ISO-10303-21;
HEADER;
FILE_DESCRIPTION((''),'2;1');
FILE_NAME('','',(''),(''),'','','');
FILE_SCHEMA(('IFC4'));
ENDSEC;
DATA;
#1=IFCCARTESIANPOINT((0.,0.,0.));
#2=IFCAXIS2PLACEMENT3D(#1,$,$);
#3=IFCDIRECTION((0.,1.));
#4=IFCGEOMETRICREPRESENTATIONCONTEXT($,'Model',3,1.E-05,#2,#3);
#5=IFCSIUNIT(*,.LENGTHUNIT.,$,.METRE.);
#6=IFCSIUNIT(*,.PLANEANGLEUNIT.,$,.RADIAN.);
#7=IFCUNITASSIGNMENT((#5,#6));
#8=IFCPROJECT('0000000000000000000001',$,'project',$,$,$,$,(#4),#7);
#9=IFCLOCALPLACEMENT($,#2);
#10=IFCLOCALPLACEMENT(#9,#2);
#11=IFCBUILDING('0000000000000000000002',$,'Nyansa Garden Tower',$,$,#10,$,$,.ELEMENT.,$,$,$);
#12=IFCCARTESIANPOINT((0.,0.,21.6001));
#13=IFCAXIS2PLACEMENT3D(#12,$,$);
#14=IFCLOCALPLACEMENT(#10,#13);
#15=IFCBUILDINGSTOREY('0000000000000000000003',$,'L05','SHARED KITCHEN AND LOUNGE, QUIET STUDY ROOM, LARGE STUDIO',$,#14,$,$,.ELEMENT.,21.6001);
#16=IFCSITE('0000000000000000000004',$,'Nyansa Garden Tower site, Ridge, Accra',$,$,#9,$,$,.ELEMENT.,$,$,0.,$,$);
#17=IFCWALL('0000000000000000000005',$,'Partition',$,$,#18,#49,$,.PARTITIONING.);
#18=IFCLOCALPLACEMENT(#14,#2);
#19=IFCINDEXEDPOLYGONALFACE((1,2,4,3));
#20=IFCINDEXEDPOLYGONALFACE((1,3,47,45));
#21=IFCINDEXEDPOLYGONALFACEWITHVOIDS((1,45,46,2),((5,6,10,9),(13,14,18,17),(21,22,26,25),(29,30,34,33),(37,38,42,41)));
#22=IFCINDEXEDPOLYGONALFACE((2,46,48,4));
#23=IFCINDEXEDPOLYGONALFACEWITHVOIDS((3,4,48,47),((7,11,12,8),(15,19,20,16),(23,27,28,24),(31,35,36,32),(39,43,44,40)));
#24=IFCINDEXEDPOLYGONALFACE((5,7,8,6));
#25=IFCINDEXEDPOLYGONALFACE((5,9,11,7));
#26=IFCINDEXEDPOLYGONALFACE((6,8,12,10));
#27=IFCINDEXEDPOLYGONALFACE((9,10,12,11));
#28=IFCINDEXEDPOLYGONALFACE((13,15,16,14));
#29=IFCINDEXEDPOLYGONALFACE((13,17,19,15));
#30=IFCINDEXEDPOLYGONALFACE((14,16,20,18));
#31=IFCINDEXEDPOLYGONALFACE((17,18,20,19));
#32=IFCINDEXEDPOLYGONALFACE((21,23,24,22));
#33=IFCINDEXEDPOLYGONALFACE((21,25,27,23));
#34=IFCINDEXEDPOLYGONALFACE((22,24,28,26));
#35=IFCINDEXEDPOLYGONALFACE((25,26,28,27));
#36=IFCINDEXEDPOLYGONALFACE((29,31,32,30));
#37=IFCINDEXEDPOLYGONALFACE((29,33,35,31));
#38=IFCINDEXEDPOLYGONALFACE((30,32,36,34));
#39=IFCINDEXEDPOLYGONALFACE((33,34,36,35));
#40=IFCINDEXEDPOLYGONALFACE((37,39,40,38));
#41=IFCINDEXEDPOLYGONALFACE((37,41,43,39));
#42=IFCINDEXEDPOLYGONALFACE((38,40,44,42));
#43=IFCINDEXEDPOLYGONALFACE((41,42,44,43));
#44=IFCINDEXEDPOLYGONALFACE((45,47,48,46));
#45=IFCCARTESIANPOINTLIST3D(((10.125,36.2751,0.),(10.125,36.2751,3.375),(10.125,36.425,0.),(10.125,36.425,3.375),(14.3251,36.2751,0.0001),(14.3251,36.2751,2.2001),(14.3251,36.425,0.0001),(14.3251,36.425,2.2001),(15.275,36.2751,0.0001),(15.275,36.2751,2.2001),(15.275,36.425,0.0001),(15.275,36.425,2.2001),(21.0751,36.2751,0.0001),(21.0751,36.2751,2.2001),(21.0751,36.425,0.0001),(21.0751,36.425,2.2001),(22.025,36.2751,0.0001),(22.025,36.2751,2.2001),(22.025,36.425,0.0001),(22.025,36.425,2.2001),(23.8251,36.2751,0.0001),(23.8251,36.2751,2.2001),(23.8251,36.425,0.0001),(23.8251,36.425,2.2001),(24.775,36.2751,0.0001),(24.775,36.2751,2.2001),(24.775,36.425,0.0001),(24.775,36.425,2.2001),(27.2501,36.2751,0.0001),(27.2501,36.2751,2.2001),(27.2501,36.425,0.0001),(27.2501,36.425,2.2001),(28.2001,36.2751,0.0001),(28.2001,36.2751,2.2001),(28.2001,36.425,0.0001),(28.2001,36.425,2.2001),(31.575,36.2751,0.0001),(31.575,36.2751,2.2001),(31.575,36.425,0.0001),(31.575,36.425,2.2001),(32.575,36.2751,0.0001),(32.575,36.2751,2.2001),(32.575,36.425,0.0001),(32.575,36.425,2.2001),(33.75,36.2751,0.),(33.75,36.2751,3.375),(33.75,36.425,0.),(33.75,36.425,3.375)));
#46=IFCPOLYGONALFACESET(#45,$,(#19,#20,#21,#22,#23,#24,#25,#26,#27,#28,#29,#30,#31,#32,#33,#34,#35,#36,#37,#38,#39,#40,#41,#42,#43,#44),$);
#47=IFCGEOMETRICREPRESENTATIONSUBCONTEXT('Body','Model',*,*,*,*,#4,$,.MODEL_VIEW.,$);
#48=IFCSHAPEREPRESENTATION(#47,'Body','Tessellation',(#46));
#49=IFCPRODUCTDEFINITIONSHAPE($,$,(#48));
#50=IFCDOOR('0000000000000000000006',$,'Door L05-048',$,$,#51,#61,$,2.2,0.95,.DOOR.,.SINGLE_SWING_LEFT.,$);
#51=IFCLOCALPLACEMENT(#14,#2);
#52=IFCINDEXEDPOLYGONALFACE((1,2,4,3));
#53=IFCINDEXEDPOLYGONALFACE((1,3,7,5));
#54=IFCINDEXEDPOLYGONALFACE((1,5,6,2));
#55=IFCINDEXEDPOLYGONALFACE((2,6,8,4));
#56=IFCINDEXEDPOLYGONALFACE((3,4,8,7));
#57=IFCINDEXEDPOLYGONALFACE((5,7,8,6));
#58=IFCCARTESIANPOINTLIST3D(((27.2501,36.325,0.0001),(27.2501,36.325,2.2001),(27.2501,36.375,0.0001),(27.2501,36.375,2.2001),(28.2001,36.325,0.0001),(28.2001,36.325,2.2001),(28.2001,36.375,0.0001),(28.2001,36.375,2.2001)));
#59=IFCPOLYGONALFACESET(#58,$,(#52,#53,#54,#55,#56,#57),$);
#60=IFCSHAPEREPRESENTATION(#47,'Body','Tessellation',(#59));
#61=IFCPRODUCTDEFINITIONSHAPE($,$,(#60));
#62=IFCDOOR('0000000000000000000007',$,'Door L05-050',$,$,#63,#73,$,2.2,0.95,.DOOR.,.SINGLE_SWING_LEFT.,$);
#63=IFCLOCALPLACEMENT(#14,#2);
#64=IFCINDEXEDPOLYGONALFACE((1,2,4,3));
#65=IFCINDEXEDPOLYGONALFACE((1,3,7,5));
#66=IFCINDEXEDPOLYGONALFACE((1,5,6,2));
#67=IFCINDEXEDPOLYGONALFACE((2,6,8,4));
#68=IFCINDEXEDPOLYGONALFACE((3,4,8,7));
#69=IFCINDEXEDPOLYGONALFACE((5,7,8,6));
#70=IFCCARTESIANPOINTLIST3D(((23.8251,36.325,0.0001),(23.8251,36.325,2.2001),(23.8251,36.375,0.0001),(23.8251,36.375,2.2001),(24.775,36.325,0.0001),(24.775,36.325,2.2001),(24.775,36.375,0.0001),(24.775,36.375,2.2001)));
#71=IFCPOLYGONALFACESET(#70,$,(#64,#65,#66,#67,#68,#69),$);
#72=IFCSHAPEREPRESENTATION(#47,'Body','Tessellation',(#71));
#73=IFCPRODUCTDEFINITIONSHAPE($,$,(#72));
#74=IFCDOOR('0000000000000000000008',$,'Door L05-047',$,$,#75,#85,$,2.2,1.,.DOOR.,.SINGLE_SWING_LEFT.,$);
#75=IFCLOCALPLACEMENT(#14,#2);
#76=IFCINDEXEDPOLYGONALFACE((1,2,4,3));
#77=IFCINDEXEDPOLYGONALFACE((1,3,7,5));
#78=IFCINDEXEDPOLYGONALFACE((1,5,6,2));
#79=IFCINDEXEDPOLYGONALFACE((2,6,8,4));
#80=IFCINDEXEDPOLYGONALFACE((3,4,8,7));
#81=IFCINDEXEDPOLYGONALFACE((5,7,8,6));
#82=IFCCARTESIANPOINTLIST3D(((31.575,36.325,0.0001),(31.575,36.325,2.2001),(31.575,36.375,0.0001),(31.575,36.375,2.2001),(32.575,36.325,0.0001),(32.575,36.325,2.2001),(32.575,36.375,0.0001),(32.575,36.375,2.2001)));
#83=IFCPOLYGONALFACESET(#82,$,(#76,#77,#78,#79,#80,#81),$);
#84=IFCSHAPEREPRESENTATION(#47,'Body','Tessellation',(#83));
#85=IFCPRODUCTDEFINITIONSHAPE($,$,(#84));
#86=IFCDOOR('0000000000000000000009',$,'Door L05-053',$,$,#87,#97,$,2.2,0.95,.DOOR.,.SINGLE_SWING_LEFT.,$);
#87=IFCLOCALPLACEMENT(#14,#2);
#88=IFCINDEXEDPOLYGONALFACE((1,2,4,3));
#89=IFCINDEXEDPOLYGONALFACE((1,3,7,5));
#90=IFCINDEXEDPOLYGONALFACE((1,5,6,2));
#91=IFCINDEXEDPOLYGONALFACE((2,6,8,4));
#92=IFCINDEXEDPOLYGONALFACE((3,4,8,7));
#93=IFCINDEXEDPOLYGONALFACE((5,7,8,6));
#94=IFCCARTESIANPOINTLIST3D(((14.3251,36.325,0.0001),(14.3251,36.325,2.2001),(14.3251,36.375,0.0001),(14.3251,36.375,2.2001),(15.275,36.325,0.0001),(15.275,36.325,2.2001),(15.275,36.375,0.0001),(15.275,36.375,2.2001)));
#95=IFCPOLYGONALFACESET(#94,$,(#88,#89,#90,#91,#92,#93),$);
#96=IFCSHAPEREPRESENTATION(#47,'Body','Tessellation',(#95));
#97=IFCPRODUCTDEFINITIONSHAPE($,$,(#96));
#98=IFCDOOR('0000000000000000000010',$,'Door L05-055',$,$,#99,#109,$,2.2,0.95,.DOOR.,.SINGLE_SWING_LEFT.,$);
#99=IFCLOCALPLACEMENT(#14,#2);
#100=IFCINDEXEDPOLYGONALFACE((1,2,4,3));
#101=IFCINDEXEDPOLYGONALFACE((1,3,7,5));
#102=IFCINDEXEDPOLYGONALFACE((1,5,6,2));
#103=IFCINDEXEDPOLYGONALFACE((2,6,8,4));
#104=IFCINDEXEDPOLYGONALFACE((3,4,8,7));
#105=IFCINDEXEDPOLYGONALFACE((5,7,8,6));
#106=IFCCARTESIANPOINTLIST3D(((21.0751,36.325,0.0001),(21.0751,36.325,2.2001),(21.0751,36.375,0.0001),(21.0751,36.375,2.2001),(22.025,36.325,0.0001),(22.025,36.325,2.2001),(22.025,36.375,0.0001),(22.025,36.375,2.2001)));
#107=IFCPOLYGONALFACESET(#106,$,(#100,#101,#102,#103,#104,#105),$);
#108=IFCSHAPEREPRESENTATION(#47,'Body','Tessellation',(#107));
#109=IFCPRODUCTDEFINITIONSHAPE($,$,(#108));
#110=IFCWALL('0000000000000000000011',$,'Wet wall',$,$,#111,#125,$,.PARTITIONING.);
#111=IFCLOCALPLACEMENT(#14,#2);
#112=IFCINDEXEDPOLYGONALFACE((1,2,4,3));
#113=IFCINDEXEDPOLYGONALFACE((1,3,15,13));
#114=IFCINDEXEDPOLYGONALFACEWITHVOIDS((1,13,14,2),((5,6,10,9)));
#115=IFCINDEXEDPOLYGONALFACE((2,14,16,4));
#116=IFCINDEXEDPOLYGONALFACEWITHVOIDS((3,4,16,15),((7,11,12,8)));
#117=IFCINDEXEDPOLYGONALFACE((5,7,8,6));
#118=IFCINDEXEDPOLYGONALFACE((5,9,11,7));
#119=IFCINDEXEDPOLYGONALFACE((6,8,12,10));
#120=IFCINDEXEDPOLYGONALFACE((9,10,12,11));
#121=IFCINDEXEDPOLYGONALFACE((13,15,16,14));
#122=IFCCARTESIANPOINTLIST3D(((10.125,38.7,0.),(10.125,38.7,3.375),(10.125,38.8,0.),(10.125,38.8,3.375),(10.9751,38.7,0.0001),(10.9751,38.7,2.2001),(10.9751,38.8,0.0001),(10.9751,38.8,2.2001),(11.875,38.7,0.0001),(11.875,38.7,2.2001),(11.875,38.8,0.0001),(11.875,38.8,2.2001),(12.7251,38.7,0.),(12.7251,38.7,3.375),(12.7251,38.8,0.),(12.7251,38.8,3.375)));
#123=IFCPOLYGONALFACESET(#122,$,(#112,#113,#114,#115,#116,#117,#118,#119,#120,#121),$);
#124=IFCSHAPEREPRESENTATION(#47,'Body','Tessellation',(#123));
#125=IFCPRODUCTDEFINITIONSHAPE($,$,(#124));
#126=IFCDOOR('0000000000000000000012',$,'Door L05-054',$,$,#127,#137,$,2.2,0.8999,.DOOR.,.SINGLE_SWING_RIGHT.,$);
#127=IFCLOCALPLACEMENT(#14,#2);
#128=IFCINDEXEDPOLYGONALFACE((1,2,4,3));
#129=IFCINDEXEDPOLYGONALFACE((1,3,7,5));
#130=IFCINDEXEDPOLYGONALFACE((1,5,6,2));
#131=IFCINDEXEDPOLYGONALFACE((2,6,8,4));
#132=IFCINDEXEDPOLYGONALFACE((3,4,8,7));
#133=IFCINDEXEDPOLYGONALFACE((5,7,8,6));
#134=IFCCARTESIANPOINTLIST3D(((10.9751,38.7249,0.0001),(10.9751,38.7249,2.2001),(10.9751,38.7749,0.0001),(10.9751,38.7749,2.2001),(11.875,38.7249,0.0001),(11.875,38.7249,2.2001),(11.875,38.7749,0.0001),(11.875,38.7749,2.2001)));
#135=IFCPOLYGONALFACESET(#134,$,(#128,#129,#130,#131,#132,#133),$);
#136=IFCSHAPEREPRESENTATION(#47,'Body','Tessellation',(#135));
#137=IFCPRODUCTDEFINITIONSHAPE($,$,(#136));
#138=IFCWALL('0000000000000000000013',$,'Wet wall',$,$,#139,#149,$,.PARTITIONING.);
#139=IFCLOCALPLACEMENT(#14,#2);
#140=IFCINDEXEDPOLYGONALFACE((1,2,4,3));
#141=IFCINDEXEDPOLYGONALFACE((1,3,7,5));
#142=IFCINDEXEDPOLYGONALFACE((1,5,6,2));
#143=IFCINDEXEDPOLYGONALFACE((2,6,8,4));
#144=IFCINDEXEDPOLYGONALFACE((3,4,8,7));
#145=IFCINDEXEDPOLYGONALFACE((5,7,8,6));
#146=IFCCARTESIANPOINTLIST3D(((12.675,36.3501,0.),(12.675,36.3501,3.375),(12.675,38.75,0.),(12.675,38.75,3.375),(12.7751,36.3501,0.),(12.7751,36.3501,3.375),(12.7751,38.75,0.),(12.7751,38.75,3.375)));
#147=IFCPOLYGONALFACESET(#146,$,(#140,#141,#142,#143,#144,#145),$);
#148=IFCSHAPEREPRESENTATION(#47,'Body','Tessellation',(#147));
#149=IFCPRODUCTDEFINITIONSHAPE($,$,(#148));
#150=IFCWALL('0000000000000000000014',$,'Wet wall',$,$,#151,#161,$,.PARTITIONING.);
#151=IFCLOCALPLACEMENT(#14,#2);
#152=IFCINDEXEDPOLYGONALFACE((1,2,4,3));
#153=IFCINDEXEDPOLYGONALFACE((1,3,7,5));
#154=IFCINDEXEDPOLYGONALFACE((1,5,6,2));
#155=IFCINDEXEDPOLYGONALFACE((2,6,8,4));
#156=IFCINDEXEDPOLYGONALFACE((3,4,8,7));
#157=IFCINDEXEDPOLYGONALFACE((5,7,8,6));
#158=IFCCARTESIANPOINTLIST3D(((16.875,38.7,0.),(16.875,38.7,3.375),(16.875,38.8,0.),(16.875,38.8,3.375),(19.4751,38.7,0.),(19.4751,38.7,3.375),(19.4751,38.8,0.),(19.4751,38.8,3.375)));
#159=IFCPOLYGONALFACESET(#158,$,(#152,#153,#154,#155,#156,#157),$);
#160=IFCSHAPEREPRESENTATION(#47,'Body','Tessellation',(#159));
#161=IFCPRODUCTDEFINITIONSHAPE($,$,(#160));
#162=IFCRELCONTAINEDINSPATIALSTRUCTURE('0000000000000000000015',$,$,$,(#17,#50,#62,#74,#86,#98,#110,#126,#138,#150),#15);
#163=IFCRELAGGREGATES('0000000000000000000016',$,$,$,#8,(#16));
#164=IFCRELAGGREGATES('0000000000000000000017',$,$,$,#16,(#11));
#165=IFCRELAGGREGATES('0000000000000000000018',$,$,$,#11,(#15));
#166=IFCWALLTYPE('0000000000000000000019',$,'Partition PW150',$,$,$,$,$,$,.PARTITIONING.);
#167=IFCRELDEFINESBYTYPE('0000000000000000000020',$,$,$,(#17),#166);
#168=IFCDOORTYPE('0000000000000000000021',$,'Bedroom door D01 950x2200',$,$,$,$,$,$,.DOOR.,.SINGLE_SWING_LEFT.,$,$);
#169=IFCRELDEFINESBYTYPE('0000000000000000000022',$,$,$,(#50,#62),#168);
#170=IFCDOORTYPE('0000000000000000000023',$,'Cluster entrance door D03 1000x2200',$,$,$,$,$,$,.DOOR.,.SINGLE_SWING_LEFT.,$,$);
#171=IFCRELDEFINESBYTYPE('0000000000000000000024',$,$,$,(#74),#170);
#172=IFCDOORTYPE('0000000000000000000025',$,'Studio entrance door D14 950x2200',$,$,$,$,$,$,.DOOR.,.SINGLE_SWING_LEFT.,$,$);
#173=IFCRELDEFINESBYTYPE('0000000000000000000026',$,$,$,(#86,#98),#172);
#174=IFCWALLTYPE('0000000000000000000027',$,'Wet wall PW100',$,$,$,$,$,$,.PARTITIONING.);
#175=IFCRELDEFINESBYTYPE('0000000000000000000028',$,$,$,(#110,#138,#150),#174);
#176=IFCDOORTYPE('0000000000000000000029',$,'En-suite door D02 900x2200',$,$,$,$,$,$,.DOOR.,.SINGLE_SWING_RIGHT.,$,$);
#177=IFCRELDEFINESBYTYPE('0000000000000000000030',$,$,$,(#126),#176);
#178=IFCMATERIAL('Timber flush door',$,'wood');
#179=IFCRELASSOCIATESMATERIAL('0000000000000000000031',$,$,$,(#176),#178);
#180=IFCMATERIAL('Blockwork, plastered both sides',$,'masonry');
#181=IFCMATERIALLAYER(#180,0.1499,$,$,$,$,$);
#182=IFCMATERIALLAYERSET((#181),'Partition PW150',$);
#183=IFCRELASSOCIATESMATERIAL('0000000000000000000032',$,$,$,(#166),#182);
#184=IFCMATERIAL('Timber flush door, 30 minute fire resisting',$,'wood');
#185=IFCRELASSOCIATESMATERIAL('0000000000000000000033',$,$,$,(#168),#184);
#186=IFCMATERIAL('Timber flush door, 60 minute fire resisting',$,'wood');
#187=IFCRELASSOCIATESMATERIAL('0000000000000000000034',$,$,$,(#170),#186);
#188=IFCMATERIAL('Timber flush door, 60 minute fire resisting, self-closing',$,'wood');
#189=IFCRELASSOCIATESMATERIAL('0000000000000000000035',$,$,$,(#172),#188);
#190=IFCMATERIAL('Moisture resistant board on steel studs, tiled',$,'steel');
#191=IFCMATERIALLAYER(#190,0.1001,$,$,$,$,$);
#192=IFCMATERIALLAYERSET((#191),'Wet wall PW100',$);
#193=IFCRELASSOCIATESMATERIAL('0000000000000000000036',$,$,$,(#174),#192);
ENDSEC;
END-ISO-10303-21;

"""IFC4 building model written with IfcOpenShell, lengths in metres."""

from ifc_helpers import new_model, si_unit, direction, frame, frame_2d, origin, place, context, subcontext, project, spatial, rectangle, extrude, material, layer, layer_set, type_object, element, fill, save


model = new_model("IFC4")

# Units and contexts
model_context = context("Model", 3, precision=1e-05, world=origin(), true_north=direction((0.0, 1.0)))
body_context = subcontext(model_context, "Body", "Model", "MODEL_VIEW")
ifc_project = project(units=[si_unit("LENGTHUNIT", "METRE"), si_unit("PLANEANGLEUNIT", "RADIAN")], contexts=[model_context])

# Site, building, storey
site_placement = place(None, origin())
site = spatial("IfcSite", under=ifc_project, at=site_placement, Name="Nyansa Garden Tower site, Ridge, Accra", CompositionType="ELEMENT", RefElevation=0.0)
building_placement = place(site_placement, origin())
building = spatial("IfcBuilding", under=site, at=building_placement, Name="Nyansa Garden Tower", CompositionType="ELEMENT")
storey_placement = place(building_placement, frame((0.0, 0.0, 21.6001)))
storey = spatial("IfcBuildingStorey", under=building, at=storey_placement, Name="L05", Description="SHARED KITCHEN AND LOUNGE, QUIET STUDY ROOM, LARGE STUDIO", CompositionType="ELEMENT", Elevation=21.6001)

# Shared definitions
ifc_material_1 = material(Name="Timber flush door", Category="wood")
door_type_1 = type_object("IfcDoorType", Name="En-suite door D02 900x2200", OperationType="SINGLE_SWING_RIGHT", PredefinedType="DOOR", material=ifc_material_1)
ifc_material_2 = material(Name="Blockwork, plastered both sides", Category="masonry")
ifc_layer_1 = layer(ifc_material_2, 0.1499)
ifc_layer_set_1 = layer_set([ifc_layer_1], Name="Partition PW150")
wall_type_1 = type_object("IfcWallType", Name="Partition PW150", PredefinedType="PARTITIONING", material=ifc_layer_set_1)
ifc_material_3 = material(Name="Timber flush door, 30 minute fire resisting", Category="wood")
door_type_2 = type_object("IfcDoorType", Name="Bedroom door D01 950x2200", OperationType="SINGLE_SWING_LEFT", PredefinedType="DOOR", material=ifc_material_3)

# Wall, openings, doors
wall_1_placement = place(storey_placement, frame((10.125, 36.3501, 0.0), z_axis=(0.0, 0.0, 1.0), x_axis=(1.0, 0.0, 0.0)))
wall_1 = element("IfcWall", 1, at=wall_1_placement, inside=storey, type_object=wall_type_1, Name="Partition", PredefinedType="PARTITIONING", context=body_context, shape_type="SweptSolid", body=[
    extrude(rectangle(XDim=23.625, YDim=0.1499, at=frame_2d((11.8125, 0.0))), origin(), (0.0, 0.0, 1.0), 3.375),
])
opening_1_placement = place(wall_1_placement, frame((21.45, 0.0, 0.0)))
opening_1 = element("IfcOpeningElement", 2, at=opening_1_placement, cuts=wall_1, PredefinedType="OPENING", context=body_context, shape_type="SweptSolid", body=[
    extrude(rectangle(XDim=1.0, YDim=2.2, at=frame_2d((0.5, 1.1001))), frame((0.0, 0.085, 0.0), z_axis=(0.0, -1.0, 0.0), x_axis=(1.0, 0.0, 0.0)), (0.0, 0.0, 1.0), 0.1699),
])
opening_2_placement = place(wall_1_placement, frame((17.125, 0.0, 0.0)))
opening_2 = element("IfcOpeningElement", 3, at=opening_2_placement, cuts=wall_1, PredefinedType="OPENING", context=body_context, shape_type="SweptSolid", body=[
    extrude(rectangle(XDim=0.95, YDim=2.2, at=frame_2d((0.4751, 1.1001))), frame((0.0, 0.085, 0.0), z_axis=(0.0, -1.0, 0.0), x_axis=(1.0, 0.0, 0.0)), (0.0, 0.0, 1.0), 0.1699),
])
opening_3_placement = place(wall_1_placement, frame((13.7, 0.0, 0.0)))
opening_3 = element("IfcOpeningElement", 4, at=opening_3_placement, cuts=wall_1, PredefinedType="OPENING", context=body_context, shape_type="SweptSolid", body=[
    extrude(rectangle(XDim=0.95, YDim=2.2, at=frame_2d((0.4751, 1.1001))), frame((0.0, 0.085, 0.0), z_axis=(0.0, -1.0, 0.0), x_axis=(1.0, 0.0, 0.0)), (0.0, 0.0, 1.0), 0.1699),
])
opening_4_placement = place(wall_1_placement, frame((4.2, 0.0, 0.0)))
opening_4 = element("IfcOpeningElement", 5, at=opening_4_placement, cuts=wall_1, PredefinedType="OPENING", context=body_context, shape_type="SweptSolid", body=[
    extrude(rectangle(XDim=0.95, YDim=2.2, at=frame_2d((0.4751, 1.1001))), frame((0.0, 0.085, 0.0), z_axis=(0.0, -1.0, 0.0), x_axis=(1.0, 0.0, 0.0)), (0.0, 0.0, 1.0), 0.1699),
])
opening_5_placement = place(wall_1_placement, frame((10.95, 0.0, 0.0)))
opening_5 = element("IfcOpeningElement", 6, at=opening_5_placement, cuts=wall_1, PredefinedType="OPENING", context=body_context, shape_type="SweptSolid", body=[
    extrude(rectangle(XDim=0.95, YDim=2.2, at=frame_2d((0.4751, 1.1001))), frame((0.0, 0.085, 0.0), z_axis=(0.0, -1.0, 0.0), x_axis=(1.0, 0.0, 0.0)), (0.0, 0.0, 1.0), 0.1699),
])
door_1_placement = place(opening_2_placement, origin())
door_1 = element("IfcDoor", 7, at=door_1_placement, inside=storey, type_object=door_type_2, Name="Door L05-048", OperationType="SINGLE_SWING_LEFT", OverallHeight=2.2, OverallWidth=0.95, PredefinedType="DOOR", context=body_context, shape_type="SweptSolid", body=[
    extrude(rectangle(XDim=0.95, YDim=2.2, at=frame_2d((0.4751, 1.1001))), frame((0.0, 0.0249, 0.0), z_axis=(0.0, -1.0, 0.0), x_axis=(1.0, 0.0, 0.0)), (0.0, 0.0, 1.0), 0.05),
])
fill(opening_2, door_1)
door_2_placement = place(opening_3_placement, origin())
door_2 = element("IfcDoor", 8, at=door_2_placement, inside=storey, type_object=door_type_2, Name="Door L05-050", OperationType="SINGLE_SWING_LEFT", OverallHeight=2.2, OverallWidth=0.95, PredefinedType="DOOR", context=body_context, shape_type="SweptSolid", body=[
    extrude(rectangle(XDim=0.95, YDim=2.2, at=frame_2d((0.4751, 1.1001))), frame((0.0, 0.0249, 0.0), z_axis=(0.0, -1.0, 0.0), x_axis=(1.0, 0.0, 0.0)), (0.0, 0.0, 1.0), 0.05),
])
fill(opening_3, door_2)
ifc_material_4 = material(Name="Timber flush door, 60 minute fire resisting", Category="wood")
door_type_3 = type_object("IfcDoorType", Name="Cluster entrance door D03 1000x2200", OperationType="SINGLE_SWING_LEFT", PredefinedType="DOOR", material=ifc_material_4)
door_3_placement = place(opening_1_placement, origin())
door_3 = element("IfcDoor", 9, at=door_3_placement, inside=storey, type_object=door_type_3, Name="Door L05-047", OperationType="SINGLE_SWING_LEFT", OverallHeight=2.2, OverallWidth=1.0, PredefinedType="DOOR", context=body_context, shape_type="SweptSolid", body=[
    extrude(rectangle(XDim=1.0, YDim=2.2, at=frame_2d((0.5, 1.1001))), frame((0.0, 0.0249, 0.0), z_axis=(0.0, -1.0, 0.0), x_axis=(1.0, 0.0, 0.0)), (0.0, 0.0, 1.0), 0.05),
])
fill(opening_1, door_3)
ifc_material_5 = material(Name="Timber flush door, 60 minute fire resisting, self-closing", Category="wood")
door_type_4 = type_object("IfcDoorType", Name="Studio entrance door D14 950x2200", OperationType="SINGLE_SWING_LEFT", PredefinedType="DOOR", material=ifc_material_5)
door_4_placement = place(opening_4_placement, origin())
door_4 = element("IfcDoor", 10, at=door_4_placement, inside=storey, type_object=door_type_4, Name="Door L05-053", OperationType="SINGLE_SWING_LEFT", OverallHeight=2.2, OverallWidth=0.95, PredefinedType="DOOR", context=body_context, shape_type="SweptSolid", body=[
    extrude(rectangle(XDim=0.95, YDim=2.2, at=frame_2d((0.4751, 1.1001))), frame((0.0, 0.0249, 0.0), z_axis=(0.0, -1.0, 0.0), x_axis=(1.0, 0.0, 0.0)), (0.0, 0.0, 1.0), 0.05),
])
fill(opening_4, door_4)
door_5_placement = place(opening_5_placement, origin())
door_5 = element("IfcDoor", 11, at=door_5_placement, inside=storey, type_object=door_type_4, Name="Door L05-055", OperationType="SINGLE_SWING_LEFT", OverallHeight=2.2, OverallWidth=0.95, PredefinedType="DOOR", context=body_context, shape_type="SweptSolid", body=[
    extrude(rectangle(XDim=0.95, YDim=2.2, at=frame_2d((0.4751, 1.1001))), frame((0.0, 0.0249, 0.0), z_axis=(0.0, -1.0, 0.0), x_axis=(1.0, 0.0, 0.0)), (0.0, 0.0, 1.0), 0.05),
])
fill(opening_5, door_5)

# Wall, opening, door
ifc_material_6 = material(Name="Moisture resistant board on steel studs, tiled", Category="steel")
ifc_layer_2 = layer(ifc_material_6, 0.1001)
ifc_layer_set_2 = layer_set([ifc_layer_2], Name="Wet wall PW100")
wall_type_2 = type_object("IfcWallType", Name="Wet wall PW100", PredefinedType="PARTITIONING", material=ifc_layer_set_2)
wall_2_placement = place(storey_placement, frame((10.125, 38.75, 0.0), z_axis=(0.0, 0.0, 1.0), x_axis=(1.0, 0.0, 0.0)))
wall_2 = element("IfcWall", 12, at=wall_2_placement, inside=storey, type_object=wall_type_2, Name="Wet wall", PredefinedType="PARTITIONING", context=body_context, shape_type="SweptSolid", body=[
    extrude(rectangle(XDim=2.6001, YDim=0.1001, at=frame_2d((1.3, 0.0))), origin(), (0.0, 0.0, 1.0), 3.375),
])
opening_6_placement = place(wall_2_placement, frame((0.8501, 0.0, 0.0)))
opening_6 = element("IfcOpeningElement", 13, at=opening_6_placement, cuts=wall_2, PredefinedType="OPENING", context=body_context, shape_type="SweptSolid", body=[
    extrude(rectangle(XDim=0.8999, YDim=2.2, at=frame_2d((0.45, 1.1001))), frame((0.0, 0.0601, 0.0), z_axis=(0.0, -1.0, 0.0), x_axis=(1.0, 0.0, 0.0)), (0.0, 0.0, 1.0), 0.1201),
])
door_6_placement = place(opening_6_placement, origin())
door_6 = element("IfcDoor", 14, at=door_6_placement, inside=storey, type_object=door_type_1, Name="Door L05-054", OperationType="SINGLE_SWING_RIGHT", OverallHeight=2.2, OverallWidth=0.8999, PredefinedType="DOOR", context=body_context, shape_type="SweptSolid", body=[
    extrude(rectangle(XDim=0.8999, YDim=2.2, at=frame_2d((0.45, 1.1001))), frame((0.0, 0.0249, 0.0), z_axis=(0.0, -1.0, 0.0), x_axis=(1.0, 0.0, 0.0)), (0.0, 0.0, 1.0), 0.05),
])
fill(opening_6, door_6)

# Walls
wall_3_placement = place(storey_placement, frame((12.7251, 36.3501, 0.0), z_axis=(0.0, 0.0, 1.0), x_axis=(0.0, 1.0, 0.0)))
element("IfcWall", 15, at=wall_3_placement, inside=storey, type_object=wall_type_2, Name="Wet wall", PredefinedType="PARTITIONING", context=body_context, shape_type="SweptSolid", body=[
    extrude(rectangle(XDim=2.3999, YDim=0.1001, at=frame_2d((1.2, 0.0))), origin(), (0.0, 0.0, 1.0), 3.375),
])
wall_4_placement = place(storey_placement, frame((16.875, 38.75, 0.0), z_axis=(0.0, 0.0, 1.0), x_axis=(1.0, 0.0, 0.0)))
element("IfcWall", 16, at=wall_4_placement, inside=storey, type_object=wall_type_2, Name="Wet wall", PredefinedType="PARTITIONING", context=body_context, shape_type="SweptSolid", body=[
    extrude(rectangle(XDim=2.6001, YDim=0.1001, at=frame_2d((1.3, 0.0))), origin(), (0.0, 0.0, 1.0), 3.375),
])

save(model, "model.ifc")
